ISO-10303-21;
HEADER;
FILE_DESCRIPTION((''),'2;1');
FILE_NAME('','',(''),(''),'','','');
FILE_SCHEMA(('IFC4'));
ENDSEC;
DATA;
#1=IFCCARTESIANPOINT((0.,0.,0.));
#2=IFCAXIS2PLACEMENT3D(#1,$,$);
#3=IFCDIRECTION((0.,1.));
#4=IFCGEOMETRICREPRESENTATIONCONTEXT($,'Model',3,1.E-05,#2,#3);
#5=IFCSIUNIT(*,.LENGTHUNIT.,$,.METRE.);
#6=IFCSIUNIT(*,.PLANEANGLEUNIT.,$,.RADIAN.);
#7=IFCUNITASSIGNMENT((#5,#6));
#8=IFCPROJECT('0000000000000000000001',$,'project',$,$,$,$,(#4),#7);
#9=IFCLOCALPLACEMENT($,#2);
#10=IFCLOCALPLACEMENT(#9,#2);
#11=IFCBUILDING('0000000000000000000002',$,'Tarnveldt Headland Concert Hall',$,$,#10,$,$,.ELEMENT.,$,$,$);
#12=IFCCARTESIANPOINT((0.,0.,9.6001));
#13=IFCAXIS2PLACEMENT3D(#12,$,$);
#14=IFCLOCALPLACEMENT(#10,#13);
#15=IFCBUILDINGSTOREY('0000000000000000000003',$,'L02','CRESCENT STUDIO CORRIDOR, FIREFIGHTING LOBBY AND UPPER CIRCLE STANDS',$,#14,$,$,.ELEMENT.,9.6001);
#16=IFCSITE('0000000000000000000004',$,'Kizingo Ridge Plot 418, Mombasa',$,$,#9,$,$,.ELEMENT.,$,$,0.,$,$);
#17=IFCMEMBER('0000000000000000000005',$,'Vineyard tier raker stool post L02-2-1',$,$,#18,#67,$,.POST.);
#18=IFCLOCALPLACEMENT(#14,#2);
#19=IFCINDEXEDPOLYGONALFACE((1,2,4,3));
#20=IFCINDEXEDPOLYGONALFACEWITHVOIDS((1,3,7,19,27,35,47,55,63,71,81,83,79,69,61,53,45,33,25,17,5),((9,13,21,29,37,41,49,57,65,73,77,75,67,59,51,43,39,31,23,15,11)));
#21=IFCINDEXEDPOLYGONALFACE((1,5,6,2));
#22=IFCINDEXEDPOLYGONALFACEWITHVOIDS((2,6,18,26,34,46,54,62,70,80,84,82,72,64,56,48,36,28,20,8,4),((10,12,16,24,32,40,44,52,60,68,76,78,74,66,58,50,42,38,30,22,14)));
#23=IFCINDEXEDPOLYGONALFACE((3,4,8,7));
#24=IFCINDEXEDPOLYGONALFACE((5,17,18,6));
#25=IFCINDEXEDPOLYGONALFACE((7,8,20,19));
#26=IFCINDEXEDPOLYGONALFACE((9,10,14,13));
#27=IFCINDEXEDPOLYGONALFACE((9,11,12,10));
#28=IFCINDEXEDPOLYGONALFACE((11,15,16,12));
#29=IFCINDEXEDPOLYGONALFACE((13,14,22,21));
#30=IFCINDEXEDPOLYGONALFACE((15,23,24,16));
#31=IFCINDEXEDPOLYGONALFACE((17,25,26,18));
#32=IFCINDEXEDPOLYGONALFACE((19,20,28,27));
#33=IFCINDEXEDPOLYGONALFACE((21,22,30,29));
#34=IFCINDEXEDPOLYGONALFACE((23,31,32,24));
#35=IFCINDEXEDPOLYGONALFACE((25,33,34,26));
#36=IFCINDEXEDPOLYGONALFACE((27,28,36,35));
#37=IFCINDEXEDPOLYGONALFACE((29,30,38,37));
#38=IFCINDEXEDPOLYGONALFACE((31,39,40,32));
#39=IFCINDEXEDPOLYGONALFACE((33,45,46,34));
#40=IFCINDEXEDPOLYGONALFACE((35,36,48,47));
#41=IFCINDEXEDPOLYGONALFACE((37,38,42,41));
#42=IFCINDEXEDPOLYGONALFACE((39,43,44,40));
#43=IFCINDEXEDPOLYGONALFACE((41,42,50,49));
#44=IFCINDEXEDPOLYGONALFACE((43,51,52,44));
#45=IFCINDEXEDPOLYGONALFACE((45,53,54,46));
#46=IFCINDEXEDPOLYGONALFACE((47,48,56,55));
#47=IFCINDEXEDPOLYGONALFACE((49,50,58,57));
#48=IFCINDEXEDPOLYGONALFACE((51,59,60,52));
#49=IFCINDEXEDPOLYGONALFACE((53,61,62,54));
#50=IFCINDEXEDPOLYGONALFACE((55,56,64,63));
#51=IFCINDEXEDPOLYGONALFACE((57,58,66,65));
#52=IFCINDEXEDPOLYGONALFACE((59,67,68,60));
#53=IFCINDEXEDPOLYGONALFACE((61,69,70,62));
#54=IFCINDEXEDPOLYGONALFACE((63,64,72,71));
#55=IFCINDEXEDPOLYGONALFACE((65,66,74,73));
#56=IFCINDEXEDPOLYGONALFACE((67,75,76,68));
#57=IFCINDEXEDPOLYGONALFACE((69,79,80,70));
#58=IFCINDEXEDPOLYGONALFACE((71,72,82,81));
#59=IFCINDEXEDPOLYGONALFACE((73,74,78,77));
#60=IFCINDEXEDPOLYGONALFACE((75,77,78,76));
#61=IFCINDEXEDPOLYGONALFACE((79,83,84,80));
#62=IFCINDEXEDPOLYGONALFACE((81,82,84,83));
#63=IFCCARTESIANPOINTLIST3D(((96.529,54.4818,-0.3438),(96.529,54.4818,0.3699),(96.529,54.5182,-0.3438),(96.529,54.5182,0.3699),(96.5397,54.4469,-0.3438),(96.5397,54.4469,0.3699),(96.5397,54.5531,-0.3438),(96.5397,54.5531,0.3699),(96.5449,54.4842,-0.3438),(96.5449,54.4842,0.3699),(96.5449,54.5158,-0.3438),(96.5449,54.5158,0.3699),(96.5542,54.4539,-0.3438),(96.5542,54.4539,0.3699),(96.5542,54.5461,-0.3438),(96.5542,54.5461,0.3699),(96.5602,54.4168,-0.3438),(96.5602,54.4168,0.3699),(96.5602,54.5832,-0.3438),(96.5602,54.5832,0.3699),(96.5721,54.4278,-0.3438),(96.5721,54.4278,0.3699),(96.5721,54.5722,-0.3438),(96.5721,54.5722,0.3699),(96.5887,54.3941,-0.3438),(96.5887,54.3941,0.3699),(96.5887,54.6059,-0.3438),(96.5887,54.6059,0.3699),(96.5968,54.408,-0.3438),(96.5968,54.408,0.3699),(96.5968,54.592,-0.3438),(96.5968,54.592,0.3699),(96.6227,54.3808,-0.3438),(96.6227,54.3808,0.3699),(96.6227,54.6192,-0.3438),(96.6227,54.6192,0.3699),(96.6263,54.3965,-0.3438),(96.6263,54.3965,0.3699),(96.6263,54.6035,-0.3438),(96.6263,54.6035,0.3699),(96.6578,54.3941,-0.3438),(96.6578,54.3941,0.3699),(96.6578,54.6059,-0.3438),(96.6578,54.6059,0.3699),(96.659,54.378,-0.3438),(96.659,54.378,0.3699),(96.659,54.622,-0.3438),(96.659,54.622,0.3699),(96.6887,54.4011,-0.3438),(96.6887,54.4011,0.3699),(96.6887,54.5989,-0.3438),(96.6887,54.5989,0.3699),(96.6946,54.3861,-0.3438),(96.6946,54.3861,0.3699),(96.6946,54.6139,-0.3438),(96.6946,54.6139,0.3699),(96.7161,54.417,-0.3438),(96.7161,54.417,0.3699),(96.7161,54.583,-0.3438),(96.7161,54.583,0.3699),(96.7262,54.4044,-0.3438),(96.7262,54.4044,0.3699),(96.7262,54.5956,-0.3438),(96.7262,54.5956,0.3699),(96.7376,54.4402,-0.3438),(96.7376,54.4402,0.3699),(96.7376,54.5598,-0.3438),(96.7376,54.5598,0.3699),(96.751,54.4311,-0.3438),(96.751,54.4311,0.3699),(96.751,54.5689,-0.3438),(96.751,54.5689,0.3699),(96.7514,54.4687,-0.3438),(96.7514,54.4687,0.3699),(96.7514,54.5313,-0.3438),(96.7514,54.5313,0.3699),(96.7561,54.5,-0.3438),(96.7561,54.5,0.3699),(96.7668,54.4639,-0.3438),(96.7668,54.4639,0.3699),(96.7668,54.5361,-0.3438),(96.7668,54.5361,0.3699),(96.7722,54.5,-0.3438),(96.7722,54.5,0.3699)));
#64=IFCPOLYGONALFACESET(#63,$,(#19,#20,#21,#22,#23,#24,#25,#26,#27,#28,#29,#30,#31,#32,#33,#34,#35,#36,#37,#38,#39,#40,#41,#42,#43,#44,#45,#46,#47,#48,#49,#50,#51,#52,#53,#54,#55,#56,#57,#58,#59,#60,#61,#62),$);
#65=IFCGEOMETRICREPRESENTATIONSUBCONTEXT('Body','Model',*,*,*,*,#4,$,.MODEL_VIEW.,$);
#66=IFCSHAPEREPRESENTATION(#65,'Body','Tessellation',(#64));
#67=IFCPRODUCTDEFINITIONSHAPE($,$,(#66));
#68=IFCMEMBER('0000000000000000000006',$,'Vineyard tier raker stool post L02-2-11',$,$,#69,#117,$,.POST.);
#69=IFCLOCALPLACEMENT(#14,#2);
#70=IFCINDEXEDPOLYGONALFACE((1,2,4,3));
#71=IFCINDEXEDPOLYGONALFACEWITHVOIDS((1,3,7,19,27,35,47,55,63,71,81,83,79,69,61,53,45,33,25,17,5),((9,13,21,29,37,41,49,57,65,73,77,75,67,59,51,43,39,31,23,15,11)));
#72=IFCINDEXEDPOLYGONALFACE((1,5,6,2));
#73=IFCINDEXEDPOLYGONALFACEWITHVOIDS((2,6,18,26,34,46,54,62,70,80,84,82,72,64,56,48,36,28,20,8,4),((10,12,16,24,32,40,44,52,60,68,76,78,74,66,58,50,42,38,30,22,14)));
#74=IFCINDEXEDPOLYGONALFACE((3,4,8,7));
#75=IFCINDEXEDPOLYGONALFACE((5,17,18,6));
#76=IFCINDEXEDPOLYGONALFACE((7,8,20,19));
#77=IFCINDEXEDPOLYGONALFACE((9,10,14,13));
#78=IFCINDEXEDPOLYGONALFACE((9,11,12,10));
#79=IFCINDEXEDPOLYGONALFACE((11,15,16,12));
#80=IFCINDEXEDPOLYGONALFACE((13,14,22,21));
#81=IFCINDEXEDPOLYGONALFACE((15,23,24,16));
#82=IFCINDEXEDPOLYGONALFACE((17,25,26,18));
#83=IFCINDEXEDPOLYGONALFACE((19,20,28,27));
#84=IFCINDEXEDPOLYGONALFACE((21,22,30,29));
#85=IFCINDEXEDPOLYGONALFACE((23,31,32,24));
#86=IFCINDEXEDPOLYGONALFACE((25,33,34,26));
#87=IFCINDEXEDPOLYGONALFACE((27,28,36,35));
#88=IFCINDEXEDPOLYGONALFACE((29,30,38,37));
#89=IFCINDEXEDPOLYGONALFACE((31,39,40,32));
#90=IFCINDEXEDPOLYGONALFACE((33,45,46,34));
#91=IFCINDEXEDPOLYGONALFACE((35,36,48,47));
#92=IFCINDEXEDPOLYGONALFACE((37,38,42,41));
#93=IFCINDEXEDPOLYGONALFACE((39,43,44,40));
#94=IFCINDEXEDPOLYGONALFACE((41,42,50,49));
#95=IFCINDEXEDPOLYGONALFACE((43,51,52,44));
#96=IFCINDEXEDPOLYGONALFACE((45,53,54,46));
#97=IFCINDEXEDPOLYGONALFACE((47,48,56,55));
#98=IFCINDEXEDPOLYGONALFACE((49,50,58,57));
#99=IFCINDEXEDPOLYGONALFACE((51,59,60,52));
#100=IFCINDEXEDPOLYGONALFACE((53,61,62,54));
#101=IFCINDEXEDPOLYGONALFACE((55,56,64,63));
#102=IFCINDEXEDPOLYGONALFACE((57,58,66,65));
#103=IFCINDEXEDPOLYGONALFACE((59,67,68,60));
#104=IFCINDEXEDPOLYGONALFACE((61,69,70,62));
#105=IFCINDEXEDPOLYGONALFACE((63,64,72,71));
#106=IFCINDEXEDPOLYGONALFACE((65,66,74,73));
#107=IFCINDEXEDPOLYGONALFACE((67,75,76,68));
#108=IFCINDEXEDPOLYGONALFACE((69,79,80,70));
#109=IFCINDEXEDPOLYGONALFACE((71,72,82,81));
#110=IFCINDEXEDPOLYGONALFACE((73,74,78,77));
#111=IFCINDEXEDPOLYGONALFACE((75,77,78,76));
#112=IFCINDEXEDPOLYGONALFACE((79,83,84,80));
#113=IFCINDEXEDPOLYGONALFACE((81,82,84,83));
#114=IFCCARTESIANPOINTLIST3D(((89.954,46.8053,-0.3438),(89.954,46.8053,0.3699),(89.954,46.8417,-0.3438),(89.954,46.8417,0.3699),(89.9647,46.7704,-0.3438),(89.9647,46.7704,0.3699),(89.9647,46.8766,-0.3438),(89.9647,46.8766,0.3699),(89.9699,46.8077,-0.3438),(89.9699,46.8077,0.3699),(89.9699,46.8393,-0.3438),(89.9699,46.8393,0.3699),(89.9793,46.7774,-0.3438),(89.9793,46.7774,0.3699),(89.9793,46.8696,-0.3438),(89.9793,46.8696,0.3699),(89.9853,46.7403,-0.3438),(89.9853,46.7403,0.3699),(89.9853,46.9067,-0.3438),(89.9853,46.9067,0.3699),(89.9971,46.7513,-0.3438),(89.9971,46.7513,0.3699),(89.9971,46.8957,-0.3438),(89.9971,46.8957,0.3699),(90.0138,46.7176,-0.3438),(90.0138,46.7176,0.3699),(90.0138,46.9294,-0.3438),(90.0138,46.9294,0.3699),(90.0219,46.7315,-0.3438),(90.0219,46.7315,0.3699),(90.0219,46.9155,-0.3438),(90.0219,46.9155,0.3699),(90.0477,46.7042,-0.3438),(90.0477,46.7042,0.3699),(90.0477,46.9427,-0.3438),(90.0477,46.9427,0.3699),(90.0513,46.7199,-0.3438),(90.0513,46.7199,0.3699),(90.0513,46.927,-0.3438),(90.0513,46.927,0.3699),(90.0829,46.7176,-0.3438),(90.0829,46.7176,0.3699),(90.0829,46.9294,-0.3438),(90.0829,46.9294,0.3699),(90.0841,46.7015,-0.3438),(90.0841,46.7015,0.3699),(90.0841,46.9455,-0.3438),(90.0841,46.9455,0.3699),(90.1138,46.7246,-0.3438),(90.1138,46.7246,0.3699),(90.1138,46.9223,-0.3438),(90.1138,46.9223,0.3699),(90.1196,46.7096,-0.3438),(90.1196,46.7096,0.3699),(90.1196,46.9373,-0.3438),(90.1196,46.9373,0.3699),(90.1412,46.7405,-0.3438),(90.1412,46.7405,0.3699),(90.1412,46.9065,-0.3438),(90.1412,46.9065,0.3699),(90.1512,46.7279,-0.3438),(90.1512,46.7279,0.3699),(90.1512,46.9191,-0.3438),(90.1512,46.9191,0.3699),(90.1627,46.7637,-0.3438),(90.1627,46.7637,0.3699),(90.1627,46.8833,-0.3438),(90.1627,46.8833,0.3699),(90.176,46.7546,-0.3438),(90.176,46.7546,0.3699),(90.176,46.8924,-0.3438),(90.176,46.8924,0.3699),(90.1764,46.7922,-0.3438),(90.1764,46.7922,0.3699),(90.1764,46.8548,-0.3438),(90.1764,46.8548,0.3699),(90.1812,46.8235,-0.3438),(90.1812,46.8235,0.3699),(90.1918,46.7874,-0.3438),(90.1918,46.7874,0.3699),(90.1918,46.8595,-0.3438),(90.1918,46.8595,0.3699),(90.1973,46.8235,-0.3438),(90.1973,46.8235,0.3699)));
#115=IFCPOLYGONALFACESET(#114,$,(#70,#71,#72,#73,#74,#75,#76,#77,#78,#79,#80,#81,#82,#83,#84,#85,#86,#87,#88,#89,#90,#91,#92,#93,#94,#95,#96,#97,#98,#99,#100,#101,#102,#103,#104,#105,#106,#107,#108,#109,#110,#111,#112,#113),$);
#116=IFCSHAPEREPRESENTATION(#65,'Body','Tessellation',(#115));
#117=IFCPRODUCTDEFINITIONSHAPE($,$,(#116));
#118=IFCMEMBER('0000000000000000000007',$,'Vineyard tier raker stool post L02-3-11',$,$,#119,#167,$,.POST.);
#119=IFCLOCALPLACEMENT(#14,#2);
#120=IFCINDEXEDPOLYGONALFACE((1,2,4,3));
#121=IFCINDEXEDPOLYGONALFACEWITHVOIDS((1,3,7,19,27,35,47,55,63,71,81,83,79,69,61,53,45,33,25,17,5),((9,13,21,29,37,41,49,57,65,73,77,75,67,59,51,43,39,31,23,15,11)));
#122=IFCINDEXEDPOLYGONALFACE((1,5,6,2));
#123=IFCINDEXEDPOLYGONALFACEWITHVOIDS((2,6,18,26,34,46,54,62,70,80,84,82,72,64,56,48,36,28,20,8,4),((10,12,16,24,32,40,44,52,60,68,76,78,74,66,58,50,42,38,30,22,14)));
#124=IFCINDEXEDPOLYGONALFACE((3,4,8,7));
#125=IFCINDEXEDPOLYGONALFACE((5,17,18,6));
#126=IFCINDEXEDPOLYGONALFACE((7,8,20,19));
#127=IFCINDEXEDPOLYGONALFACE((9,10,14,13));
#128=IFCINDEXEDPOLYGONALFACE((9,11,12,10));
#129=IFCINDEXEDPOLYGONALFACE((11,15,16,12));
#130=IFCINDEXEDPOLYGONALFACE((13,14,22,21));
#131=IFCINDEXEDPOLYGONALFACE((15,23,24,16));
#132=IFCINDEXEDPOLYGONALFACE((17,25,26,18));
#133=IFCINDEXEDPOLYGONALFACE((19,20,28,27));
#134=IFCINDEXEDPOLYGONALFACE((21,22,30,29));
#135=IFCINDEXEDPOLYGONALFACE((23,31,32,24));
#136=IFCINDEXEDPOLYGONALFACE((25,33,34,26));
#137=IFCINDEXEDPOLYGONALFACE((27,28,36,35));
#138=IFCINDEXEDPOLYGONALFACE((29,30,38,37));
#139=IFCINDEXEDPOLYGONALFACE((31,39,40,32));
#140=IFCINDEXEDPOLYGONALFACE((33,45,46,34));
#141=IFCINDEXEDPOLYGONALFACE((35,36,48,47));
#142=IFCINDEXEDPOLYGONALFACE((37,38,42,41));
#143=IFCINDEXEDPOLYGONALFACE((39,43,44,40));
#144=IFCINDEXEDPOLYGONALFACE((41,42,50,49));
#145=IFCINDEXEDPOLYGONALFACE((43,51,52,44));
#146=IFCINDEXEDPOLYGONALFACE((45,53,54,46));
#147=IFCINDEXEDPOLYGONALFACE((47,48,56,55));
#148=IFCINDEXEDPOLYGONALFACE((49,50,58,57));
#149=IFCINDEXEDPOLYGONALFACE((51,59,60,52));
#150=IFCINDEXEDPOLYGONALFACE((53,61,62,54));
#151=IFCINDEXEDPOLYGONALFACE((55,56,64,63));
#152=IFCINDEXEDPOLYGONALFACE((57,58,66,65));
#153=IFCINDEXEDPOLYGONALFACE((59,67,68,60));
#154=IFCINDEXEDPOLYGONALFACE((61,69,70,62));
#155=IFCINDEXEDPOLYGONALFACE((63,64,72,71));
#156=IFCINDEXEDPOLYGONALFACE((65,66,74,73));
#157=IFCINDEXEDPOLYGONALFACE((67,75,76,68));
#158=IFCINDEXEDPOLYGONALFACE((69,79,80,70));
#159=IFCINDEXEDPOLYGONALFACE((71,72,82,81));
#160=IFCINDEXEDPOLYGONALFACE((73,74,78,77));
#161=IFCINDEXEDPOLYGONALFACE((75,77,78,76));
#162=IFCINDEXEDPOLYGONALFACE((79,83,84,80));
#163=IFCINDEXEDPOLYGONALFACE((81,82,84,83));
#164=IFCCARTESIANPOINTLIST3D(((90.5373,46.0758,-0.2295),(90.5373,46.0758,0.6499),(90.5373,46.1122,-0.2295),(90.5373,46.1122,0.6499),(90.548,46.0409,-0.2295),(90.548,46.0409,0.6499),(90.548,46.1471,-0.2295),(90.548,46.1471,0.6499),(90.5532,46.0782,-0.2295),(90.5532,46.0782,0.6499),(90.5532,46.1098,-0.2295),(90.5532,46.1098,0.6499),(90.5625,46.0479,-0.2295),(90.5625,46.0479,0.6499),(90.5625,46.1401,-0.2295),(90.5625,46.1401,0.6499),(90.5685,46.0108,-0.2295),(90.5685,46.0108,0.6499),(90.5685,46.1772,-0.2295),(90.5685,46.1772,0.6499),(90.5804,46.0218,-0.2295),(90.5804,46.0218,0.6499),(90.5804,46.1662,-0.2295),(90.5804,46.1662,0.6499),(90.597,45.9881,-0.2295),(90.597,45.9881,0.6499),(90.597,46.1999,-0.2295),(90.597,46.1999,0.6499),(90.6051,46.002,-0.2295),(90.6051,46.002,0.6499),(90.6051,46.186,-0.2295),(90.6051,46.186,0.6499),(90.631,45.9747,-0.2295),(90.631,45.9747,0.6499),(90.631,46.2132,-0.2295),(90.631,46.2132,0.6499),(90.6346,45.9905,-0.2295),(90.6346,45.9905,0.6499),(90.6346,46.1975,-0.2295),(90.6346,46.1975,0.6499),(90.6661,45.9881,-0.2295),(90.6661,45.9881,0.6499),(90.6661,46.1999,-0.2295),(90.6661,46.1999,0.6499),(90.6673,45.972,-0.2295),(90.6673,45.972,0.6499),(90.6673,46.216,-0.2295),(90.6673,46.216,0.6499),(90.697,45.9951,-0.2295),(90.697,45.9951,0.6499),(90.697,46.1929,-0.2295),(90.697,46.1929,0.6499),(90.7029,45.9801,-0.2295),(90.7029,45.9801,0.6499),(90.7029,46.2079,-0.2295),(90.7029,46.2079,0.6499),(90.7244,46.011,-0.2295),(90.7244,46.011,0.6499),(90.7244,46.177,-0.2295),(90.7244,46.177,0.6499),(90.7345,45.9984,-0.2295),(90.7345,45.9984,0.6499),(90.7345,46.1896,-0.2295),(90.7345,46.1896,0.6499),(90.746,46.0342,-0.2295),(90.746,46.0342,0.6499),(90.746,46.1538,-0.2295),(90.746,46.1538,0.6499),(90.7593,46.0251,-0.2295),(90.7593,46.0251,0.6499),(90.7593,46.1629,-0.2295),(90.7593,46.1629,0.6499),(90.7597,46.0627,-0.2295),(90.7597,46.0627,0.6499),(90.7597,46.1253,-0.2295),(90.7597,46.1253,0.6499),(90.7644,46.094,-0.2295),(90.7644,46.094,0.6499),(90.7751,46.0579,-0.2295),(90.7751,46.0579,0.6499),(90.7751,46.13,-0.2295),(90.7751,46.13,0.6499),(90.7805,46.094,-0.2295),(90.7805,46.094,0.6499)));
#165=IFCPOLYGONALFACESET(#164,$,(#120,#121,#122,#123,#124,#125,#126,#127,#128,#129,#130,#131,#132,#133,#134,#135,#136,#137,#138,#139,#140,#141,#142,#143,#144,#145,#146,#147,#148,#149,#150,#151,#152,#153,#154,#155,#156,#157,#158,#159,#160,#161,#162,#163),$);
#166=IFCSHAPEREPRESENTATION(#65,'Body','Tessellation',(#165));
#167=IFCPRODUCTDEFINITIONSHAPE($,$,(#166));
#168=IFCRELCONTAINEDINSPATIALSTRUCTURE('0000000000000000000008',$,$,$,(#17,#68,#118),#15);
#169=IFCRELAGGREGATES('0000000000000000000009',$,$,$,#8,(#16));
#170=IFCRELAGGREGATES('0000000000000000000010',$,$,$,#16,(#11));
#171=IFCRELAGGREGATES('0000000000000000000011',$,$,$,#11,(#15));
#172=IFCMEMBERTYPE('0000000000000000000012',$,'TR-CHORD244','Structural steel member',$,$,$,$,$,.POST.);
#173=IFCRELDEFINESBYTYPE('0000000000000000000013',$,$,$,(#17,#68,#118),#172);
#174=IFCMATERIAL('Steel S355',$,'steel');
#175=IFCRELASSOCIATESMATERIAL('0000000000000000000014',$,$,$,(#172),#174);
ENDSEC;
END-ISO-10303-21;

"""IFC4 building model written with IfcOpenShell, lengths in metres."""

from ifc_helpers import new_model, si_unit, direction, frame, origin, origin_2d, place, context, subcontext, project, spatial, hollow_circle, extrude, material, material_profile, profile_set, type_object, element, save


model = new_model("IFC4")

# Units and contexts
model_context = context("Model", 3, precision=1e-05, world=origin(), true_north=direction((0.0, 1.0)))
body_context = subcontext(model_context, "Body", "Model", "MODEL_VIEW")
ifc_project = project(units=[si_unit("LENGTHUNIT", "METRE"), si_unit("PLANEANGLEUNIT", "RADIAN")], contexts=[model_context])

# Site, building, storey
site_placement = place(None, origin())
site = spatial("IfcSite", under=ifc_project, at=site_placement, Name="Kizingo Ridge Plot 418, Mombasa", CompositionType="ELEMENT", RefElevation=0.0)
building_placement = place(site_placement, origin())
building = spatial("IfcBuilding", under=site, at=building_placement, Name="Tarnveldt Headland Concert Hall", CompositionType="ELEMENT")
storey_placement = place(building_placement, frame((0.0, 0.0, 9.6001)))
storey = spatial("IfcBuildingStorey", under=building, at=storey_placement, Name="L02", Description="CRESCENT STUDIO CORRIDOR, FIREFIGHTING LOBBY AND UPPER CIRCLE STANDS", CompositionType="ELEMENT", Elevation=9.6001)

# Shared definitions
ifc_material_1 = material(Name="Steel S355", Category="steel")

# Members
ifc_material_profile_1 = material_profile(ifc_material_1, hollow_circle(Radius=0.1223, WallThickness=0.0161, at=origin_2d()), Name="CHS 244.5x16", Category="steel")
ifc_profile_set_1 = profile_set([ifc_material_profile_1], Name="Steel S355")
member_type = type_object("IfcMemberType", Name="TR-CHORD244", Description="Structural steel member", PredefinedType="POST", material=ifc_profile_set_1)
for number, where, z_axis, x_axis, name in (
    (1, (96.6499, 54.5, -0.3438), (0.0, 0.0, 1.0), (1.0, 0.0, 0.0), "Vineyard tier raker stool post L02-2-1"),
    (2, (90.075, 46.8235, -0.3438), (0.0, 0.0, 1.0), (1.0, 0.0, 0.0), "Vineyard tier raker stool post L02-2-11"),
):
    element("IfcMember", number, at=place(storey_placement, frame(where, z_axis=z_axis, x_axis=x_axis)), inside=storey, type_object=member_type, Name=name, PredefinedType="POST", context=body_context, shape_type="SweptSolid", body=[
        extrude(hollow_circle(Radius=0.1223, WallThickness=0.0161, at=origin_2d()), origin(), (0.0, 0.0, 1.0), 0.7136),
    ])
member_placement = place(storey_placement, frame((90.6582, 46.094, -0.2295), z_axis=(0.0, 0.0, 1.0), x_axis=(1.0, 0.0, 0.0)))
element("IfcMember", 3, at=member_placement, inside=storey, type_object=member_type, Name="Vineyard tier raker stool post L02-3-11", PredefinedType="POST", context=body_context, shape_type="SweptSolid", body=[
    extrude(hollow_circle(Radius=0.1223, WallThickness=0.0161, at=origin_2d()), origin(), (0.0, 0.0, 1.0), 0.8794),
])

save(model, "model.ifc")
